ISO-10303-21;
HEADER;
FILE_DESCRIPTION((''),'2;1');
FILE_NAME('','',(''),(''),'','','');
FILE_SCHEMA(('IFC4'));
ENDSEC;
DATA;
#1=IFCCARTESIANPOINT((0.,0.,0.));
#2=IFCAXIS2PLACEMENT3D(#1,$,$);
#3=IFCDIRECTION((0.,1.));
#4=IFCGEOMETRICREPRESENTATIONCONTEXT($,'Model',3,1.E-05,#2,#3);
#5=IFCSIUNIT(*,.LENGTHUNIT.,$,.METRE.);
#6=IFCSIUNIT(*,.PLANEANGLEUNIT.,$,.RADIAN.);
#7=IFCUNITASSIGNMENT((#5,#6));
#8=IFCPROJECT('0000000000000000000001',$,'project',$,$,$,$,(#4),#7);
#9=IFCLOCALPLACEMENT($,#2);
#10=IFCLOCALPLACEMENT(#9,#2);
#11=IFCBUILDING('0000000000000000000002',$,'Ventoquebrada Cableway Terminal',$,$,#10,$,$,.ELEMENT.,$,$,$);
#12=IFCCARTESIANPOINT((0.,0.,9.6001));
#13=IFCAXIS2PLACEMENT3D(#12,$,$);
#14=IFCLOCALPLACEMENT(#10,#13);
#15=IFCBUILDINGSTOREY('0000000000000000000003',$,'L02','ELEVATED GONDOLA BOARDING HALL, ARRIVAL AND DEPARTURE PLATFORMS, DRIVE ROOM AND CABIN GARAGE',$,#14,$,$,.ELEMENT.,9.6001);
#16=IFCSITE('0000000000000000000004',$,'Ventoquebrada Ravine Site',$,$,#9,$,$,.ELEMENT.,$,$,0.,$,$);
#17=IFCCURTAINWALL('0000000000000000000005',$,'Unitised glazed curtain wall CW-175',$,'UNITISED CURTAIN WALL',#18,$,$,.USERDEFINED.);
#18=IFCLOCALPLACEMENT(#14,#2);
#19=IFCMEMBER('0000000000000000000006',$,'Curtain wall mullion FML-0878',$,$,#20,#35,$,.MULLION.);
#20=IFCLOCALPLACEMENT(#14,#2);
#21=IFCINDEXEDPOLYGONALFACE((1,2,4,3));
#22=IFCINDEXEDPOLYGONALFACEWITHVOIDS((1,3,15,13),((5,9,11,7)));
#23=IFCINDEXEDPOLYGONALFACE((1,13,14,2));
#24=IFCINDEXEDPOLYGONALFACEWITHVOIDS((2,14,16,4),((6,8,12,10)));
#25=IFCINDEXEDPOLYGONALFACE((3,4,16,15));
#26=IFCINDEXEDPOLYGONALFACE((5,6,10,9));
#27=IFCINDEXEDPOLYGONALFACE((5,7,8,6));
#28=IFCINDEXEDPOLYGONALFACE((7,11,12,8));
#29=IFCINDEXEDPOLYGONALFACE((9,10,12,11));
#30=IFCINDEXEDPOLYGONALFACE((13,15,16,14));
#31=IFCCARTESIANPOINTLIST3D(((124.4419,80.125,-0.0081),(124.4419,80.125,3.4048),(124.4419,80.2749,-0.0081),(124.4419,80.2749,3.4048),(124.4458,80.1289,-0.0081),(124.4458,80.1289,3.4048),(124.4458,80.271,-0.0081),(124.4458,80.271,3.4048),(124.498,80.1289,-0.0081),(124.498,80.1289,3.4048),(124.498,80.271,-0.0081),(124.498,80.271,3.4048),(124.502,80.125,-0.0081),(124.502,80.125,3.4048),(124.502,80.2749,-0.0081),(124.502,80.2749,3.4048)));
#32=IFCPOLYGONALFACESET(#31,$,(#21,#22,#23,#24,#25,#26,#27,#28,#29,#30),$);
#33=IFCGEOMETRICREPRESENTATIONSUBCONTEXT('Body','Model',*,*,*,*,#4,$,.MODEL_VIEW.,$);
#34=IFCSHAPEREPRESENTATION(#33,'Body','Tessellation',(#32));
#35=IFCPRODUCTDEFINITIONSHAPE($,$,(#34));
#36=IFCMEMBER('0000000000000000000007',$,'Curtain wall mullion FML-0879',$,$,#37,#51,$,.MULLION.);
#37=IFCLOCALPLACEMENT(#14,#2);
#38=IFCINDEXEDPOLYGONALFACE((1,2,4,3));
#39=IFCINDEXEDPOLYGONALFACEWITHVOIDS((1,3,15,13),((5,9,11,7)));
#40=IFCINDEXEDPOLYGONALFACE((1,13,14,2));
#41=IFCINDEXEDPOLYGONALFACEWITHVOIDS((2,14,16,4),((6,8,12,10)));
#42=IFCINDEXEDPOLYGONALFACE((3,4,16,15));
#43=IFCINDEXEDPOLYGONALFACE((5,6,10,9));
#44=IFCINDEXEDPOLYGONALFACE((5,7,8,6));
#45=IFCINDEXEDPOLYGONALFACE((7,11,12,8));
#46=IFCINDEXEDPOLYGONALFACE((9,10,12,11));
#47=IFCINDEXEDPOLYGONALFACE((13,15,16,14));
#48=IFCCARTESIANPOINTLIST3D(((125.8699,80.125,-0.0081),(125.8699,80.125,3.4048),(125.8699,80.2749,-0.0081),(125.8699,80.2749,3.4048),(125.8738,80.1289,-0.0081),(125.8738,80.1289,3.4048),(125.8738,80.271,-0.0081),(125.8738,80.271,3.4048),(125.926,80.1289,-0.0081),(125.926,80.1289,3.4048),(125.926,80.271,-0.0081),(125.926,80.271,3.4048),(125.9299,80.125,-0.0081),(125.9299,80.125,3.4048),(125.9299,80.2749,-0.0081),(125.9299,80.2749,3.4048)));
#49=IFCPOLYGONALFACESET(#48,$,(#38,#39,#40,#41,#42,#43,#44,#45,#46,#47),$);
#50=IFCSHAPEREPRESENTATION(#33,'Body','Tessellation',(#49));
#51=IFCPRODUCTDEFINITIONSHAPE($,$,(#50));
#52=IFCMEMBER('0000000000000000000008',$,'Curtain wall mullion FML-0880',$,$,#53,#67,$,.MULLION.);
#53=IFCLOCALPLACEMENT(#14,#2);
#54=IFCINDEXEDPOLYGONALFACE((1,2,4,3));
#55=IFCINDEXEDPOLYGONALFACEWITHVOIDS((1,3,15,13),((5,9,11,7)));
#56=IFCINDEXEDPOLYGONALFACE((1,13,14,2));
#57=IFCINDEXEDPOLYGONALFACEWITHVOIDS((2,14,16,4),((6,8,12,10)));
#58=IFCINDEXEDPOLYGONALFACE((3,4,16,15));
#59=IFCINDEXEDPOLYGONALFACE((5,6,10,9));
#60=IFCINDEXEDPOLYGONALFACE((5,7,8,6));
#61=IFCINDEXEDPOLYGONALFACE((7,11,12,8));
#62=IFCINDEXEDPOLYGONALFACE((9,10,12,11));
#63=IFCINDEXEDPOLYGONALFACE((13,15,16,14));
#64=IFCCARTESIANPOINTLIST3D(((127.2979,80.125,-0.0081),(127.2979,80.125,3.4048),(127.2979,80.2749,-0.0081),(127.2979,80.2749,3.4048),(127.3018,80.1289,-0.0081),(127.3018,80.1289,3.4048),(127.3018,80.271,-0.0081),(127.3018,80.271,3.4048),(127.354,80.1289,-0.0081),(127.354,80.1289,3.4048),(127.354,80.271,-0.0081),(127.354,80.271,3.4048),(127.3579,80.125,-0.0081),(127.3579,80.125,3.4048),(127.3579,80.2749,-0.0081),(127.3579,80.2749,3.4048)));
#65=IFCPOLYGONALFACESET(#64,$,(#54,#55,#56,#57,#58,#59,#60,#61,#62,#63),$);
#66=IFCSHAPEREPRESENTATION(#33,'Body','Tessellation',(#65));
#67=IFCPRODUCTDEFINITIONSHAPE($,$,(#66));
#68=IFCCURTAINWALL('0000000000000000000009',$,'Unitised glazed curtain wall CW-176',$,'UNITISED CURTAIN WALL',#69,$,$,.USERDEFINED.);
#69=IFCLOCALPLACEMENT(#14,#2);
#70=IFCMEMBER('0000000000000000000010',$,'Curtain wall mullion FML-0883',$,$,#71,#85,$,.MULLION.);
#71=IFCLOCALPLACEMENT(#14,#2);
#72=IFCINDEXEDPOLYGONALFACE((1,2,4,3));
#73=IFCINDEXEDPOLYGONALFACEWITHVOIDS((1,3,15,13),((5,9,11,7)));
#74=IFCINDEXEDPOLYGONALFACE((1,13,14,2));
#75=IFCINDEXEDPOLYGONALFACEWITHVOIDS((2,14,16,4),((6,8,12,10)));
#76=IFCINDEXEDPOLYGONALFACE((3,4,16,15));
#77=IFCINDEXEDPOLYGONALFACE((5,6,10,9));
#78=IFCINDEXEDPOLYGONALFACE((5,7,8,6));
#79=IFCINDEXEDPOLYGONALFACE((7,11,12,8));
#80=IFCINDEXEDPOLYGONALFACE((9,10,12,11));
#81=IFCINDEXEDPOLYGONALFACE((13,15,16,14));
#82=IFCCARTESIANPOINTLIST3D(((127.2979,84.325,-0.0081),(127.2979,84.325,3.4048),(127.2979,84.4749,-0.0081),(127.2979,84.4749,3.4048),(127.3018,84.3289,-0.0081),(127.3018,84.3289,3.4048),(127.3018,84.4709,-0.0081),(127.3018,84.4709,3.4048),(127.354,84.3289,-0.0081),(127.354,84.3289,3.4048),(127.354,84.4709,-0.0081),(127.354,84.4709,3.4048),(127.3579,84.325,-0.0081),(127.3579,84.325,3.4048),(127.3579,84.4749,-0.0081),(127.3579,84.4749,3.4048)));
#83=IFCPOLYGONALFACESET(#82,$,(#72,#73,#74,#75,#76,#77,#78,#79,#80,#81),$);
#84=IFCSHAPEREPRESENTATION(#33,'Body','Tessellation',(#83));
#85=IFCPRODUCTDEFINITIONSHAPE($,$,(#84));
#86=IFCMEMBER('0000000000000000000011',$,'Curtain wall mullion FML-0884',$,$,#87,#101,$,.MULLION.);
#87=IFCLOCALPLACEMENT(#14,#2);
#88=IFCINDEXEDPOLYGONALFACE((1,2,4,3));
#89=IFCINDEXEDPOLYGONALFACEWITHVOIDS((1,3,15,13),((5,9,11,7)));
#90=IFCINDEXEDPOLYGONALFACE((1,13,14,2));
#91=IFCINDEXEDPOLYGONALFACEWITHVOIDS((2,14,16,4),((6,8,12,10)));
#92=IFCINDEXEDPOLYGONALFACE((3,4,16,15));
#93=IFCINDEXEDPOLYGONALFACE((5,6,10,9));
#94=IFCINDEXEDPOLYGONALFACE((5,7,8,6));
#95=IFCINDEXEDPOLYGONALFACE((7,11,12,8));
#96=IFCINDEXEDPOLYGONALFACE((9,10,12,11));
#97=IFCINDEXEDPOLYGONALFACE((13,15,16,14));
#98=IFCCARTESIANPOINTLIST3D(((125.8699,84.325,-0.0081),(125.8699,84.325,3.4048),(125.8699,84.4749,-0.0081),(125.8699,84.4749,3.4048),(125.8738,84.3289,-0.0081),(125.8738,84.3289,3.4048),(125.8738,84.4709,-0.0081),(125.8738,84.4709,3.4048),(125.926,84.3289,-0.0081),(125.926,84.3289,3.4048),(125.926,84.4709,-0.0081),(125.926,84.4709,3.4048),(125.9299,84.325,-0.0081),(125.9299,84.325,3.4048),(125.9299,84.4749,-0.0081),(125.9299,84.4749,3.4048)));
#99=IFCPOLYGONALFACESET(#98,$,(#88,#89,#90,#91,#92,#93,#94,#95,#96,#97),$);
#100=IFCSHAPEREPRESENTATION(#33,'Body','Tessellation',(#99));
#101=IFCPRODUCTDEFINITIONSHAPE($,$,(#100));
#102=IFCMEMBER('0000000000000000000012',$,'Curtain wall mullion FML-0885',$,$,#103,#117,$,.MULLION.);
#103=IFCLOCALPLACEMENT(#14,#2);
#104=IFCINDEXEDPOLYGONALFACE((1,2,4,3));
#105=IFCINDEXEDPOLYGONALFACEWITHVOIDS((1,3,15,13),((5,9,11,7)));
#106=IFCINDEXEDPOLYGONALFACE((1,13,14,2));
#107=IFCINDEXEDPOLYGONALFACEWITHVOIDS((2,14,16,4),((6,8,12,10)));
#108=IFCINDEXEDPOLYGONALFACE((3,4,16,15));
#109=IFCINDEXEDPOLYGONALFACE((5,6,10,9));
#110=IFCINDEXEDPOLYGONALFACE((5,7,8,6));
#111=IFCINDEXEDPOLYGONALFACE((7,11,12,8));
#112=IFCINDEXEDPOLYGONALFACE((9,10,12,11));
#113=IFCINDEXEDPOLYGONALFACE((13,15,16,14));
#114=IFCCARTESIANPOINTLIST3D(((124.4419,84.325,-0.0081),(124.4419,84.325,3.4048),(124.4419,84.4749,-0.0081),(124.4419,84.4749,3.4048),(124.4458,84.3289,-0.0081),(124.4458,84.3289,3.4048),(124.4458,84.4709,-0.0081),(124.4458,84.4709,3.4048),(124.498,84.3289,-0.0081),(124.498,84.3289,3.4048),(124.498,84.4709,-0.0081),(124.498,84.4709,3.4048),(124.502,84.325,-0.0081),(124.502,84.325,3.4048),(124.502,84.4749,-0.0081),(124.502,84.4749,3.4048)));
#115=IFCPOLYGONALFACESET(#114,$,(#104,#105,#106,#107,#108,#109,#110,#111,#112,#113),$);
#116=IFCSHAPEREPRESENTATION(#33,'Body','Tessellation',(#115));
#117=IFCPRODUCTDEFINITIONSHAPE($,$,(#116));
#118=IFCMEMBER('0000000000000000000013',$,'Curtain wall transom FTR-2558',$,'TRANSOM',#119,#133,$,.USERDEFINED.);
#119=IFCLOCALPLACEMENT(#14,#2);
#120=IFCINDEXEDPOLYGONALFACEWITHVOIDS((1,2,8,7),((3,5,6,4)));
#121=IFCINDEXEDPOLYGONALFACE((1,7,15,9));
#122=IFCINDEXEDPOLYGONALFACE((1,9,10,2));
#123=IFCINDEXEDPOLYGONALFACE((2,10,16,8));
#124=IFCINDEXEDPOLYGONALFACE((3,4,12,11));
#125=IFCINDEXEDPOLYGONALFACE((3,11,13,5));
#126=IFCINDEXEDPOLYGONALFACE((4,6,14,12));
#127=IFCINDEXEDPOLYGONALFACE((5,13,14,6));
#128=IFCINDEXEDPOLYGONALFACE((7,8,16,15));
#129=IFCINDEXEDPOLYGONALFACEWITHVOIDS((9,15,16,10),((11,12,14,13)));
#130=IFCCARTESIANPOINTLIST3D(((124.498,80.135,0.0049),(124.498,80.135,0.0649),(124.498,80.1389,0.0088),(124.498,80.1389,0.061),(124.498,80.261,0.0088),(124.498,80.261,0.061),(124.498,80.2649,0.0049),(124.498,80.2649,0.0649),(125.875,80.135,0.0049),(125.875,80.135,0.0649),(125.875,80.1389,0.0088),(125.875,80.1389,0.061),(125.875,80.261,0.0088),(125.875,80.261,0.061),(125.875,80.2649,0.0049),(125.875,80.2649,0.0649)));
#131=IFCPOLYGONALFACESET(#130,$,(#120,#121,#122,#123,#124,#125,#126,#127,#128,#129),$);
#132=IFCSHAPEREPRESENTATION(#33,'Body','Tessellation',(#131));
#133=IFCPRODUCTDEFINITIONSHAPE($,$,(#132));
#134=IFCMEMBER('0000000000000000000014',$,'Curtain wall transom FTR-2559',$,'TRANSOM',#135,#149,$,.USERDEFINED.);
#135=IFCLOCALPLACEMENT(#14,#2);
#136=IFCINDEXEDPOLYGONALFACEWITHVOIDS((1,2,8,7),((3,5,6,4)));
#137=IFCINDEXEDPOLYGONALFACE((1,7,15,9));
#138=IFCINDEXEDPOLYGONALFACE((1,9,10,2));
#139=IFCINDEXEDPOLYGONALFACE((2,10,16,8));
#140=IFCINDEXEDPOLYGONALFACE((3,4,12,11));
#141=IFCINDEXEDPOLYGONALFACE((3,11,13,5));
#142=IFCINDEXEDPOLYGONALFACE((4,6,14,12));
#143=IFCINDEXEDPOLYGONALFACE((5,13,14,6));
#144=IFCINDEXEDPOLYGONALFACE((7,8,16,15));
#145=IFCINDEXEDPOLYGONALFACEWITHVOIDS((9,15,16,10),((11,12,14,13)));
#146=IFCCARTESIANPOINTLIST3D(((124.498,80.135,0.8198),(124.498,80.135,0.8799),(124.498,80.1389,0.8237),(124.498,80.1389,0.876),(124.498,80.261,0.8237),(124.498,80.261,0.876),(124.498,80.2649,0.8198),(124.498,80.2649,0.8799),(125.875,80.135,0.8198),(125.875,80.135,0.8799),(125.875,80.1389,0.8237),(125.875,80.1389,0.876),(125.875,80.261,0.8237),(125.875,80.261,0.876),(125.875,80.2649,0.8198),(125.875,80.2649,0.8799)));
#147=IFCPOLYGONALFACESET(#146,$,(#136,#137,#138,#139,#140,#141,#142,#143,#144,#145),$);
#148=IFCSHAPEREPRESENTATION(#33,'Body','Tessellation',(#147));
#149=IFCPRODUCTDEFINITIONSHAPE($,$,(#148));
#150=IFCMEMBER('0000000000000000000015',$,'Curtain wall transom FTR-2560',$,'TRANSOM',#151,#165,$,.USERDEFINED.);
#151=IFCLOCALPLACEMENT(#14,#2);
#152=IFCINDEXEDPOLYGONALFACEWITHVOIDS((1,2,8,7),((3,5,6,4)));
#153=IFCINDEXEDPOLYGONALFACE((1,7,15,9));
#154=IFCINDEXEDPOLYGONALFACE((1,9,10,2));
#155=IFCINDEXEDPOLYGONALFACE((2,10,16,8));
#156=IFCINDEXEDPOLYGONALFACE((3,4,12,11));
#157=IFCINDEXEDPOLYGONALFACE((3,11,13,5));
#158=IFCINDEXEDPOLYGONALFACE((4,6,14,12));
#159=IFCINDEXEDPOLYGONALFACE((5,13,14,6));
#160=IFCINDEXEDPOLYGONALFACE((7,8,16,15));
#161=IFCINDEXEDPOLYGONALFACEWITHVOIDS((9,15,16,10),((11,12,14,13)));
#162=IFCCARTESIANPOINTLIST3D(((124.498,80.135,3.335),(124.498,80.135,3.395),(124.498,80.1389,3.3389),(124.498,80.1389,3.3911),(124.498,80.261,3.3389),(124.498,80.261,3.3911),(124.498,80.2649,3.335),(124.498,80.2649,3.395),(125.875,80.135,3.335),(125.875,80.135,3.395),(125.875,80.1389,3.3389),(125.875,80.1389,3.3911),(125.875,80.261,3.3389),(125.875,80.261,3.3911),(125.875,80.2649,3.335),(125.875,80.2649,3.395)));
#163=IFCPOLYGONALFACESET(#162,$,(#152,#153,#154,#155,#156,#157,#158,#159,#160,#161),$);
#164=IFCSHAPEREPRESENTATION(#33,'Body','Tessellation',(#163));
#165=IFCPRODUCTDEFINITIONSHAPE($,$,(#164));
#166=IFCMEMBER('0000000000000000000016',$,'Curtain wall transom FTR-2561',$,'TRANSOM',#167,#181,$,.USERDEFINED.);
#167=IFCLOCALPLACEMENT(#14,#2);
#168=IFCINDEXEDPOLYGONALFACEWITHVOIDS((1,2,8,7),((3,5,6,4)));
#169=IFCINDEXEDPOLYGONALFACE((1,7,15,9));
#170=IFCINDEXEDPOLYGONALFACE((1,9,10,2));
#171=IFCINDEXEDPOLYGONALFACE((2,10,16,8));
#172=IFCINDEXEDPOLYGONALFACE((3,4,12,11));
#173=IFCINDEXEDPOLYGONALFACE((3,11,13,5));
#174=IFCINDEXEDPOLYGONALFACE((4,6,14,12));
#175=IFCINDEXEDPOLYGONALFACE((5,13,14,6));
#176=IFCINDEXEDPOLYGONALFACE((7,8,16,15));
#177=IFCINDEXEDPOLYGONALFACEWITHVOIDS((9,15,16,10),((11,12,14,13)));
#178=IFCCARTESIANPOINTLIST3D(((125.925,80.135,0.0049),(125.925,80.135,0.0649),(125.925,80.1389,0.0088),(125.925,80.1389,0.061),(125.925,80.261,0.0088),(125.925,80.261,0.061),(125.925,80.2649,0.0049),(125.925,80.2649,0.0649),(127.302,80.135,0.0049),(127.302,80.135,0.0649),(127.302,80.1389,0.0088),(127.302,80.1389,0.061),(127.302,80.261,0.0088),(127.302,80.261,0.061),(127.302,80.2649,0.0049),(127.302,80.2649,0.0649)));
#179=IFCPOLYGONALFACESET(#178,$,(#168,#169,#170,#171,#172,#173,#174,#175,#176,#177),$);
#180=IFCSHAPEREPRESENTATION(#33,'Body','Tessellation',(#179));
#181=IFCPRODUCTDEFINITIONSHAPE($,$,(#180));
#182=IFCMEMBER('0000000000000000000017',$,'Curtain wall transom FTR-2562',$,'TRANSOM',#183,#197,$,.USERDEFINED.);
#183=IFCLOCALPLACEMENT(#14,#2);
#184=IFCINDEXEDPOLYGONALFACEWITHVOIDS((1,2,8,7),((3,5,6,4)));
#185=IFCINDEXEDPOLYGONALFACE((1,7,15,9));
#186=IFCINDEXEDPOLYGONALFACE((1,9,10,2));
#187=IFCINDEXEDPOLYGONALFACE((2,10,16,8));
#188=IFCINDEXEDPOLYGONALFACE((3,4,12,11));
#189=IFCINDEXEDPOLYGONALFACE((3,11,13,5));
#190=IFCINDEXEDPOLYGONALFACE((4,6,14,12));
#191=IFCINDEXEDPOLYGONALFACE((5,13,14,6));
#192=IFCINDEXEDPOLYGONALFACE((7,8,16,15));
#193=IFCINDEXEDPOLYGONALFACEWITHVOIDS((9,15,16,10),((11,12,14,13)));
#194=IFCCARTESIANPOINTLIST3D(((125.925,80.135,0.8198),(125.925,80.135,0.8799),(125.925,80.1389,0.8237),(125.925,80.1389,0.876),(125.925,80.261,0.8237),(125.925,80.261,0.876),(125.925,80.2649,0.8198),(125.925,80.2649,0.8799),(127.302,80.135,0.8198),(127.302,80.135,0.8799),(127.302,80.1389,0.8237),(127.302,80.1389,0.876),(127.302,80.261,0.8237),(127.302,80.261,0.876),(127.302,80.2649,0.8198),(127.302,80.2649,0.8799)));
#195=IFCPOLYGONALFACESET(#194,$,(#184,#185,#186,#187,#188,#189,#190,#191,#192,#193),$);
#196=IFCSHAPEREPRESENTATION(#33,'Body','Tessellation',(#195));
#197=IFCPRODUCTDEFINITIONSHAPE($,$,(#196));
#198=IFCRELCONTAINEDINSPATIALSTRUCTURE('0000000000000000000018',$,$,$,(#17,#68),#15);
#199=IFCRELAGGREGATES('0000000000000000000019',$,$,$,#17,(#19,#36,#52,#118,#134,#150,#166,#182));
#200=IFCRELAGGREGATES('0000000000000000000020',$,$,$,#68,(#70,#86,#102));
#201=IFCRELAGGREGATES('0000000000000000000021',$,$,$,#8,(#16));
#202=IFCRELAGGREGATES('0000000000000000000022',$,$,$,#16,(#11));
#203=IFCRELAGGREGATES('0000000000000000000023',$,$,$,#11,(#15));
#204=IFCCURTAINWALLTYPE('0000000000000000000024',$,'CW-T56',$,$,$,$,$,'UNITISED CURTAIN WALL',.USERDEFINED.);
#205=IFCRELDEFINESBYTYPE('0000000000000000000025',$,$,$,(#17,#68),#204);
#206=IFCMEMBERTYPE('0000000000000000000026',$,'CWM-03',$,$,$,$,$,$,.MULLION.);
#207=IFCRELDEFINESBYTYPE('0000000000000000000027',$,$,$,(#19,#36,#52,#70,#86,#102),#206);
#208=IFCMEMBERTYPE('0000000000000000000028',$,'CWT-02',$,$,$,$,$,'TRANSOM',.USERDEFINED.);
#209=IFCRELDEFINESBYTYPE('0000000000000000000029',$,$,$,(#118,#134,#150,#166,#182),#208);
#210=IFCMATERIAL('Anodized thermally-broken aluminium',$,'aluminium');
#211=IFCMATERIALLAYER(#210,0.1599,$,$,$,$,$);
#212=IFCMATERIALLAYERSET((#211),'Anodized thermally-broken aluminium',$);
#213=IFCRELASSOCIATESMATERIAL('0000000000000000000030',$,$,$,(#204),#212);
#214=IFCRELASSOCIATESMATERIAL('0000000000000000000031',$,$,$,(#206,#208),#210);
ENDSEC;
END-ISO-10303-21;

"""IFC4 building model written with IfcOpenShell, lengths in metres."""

from ifc_helpers import new_model, si_unit, direction, frame, origin, origin_2d, place, context, subcontext, project, spatial, hollow_rectangle, extrude, material, layer, layer_set, material_profile, profile_set, type_object, element, aggregate, save


model = new_model("IFC4")

# Units and contexts
model_context = context("Model", 3, precision=1e-05, world=origin(), true_north=direction((0.0, 1.0)))
body_context = subcontext(model_context, "Body", "Model", "MODEL_VIEW")
ifc_project = project(units=[si_unit("LENGTHUNIT", "METRE"), si_unit("PLANEANGLEUNIT", "RADIAN")], contexts=[model_context])

# Site, building, storey
site_placement = place(None, origin())
site = spatial("IfcSite", under=ifc_project, at=site_placement, Name="Ventoquebrada Ravine Site", CompositionType="ELEMENT", RefElevation=0.0)
building_placement = place(site_placement, origin())
building = spatial("IfcBuilding", under=site, at=building_placement, Name="Ventoquebrada Cableway Terminal", CompositionType="ELEMENT")
storey_placement = place(building_placement, frame((0.0, 0.0, 9.6001)))
storey = spatial("IfcBuildingStorey", under=building, at=storey_placement, Name="L02", Description="ELEVATED GONDOLA BOARDING HALL, ARRIVAL AND DEPARTURE PLATFORMS, DRIVE ROOM AND CABIN GARAGE", CompositionType="ELEMENT", Elevation=9.6001)

# Curtain walls, members
ifc_material_1 = material(Name="Anodized thermally-broken aluminium", Category="aluminium")
ifc_layer_1 = layer(ifc_material_1, 0.1599)
ifc_layer_set_1 = layer_set([ifc_layer_1], Name="Anodized thermally-broken aluminium")
curtain_wall_type = type_object("IfcCurtainWallType", Name="CW-T56", ElementType="UNITISED CURTAIN WALL", PredefinedType="USERDEFINED", material=ifc_layer_set_1)
curtain_wall_1_placement = place(storey_placement, origin())
curtain_wall_1 = element("IfcCurtainWall", 1, at=curtain_wall_1_placement, inside=storey, type_object=curtain_wall_type, Name="Unitised glazed curtain wall CW-175", ObjectType="UNITISED CURTAIN WALL", PredefinedType="USERDEFINED")
ifc_material_profile_1 = material_profile(ifc_material_1, hollow_rectangle(XDim=0.0601, YDim=0.1499, WallThickness=0.0039, at=origin_2d()), Name="CW-MUL-60X150")
ifc_profile_set_1 = profile_set([ifc_material_profile_1], Name="Anodized thermally-broken aluminium")
member_type_1 = type_object("IfcMemberType", Name="CWM-03", PredefinedType="MULLION", material=ifc_profile_set_1)
member_1_placement = place(storey_placement, frame((124.4719, 80.2, -0.0081), z_axis=(0.0, 0.0, 1.0), x_axis=(1.0, 0.0, 0.0)))
member_1 = element("IfcMember", 2, at=member_1_placement, type_object=member_type_1, Name="Curtain wall mullion FML-0878", PredefinedType="MULLION", context=body_context, shape_type="SweptSolid", body=[
    extrude(hollow_rectangle(XDim=0.0601, YDim=0.1499, WallThickness=0.0039, at=origin_2d()), origin(), (0.0, 0.0, 1.0), 3.4128),
])
member_2_placement = place(storey_placement, frame((125.8999, 80.2, -0.0081), z_axis=(0.0, 0.0, 1.0), x_axis=(1.0, 0.0, 0.0)))
member_2 = element("IfcMember", 3, at=member_2_placement, type_object=member_type_1, Name="Curtain wall mullion FML-0879", PredefinedType="MULLION", context=body_context, shape_type="SweptSolid", body=[
    extrude(hollow_rectangle(XDim=0.0601, YDim=0.1499, WallThickness=0.0039, at=origin_2d()), origin(), (0.0, 0.0, 1.0), 3.4128),
])
member_3_placement = place(storey_placement, frame((127.3279, 80.2, -0.0081), z_axis=(0.0, 0.0, 1.0), x_axis=(1.0, 0.0, 0.0)))
member_3 = element("IfcMember", 4, at=member_3_placement, type_object=member_type_1, Name="Curtain wall mullion FML-0880", PredefinedType="MULLION", context=body_context, shape_type="SweptSolid", body=[
    extrude(hollow_rectangle(XDim=0.0601, YDim=0.1499, WallThickness=0.0039, at=origin_2d()), origin(), (0.0, 0.0, 1.0), 3.4128),
])
curtain_wall_2_placement = place(storey_placement, origin())
curtain_wall_2 = element("IfcCurtainWall", 5, at=curtain_wall_2_placement, inside=storey, type_object=curtain_wall_type, Name="Unitised glazed curtain wall CW-176", ObjectType="UNITISED CURTAIN WALL", PredefinedType="USERDEFINED")
member_4_placement = place(storey_placement, frame((127.3279, 84.3999, -0.0081), z_axis=(0.0, 0.0, 1.0), x_axis=(-1.0, 0.0, 0.0)))
member_4 = element("IfcMember", 6, at=member_4_placement, type_object=member_type_1, Name="Curtain wall mullion FML-0883", PredefinedType="MULLION", context=body_context, shape_type="SweptSolid", body=[
    extrude(hollow_rectangle(XDim=0.0601, YDim=0.1499, WallThickness=0.0039, at=origin_2d()), origin(), (0.0, 0.0, 1.0), 3.4128),
])
member_5_placement = place(storey_placement, frame((125.8999, 84.3999, -0.0081), z_axis=(0.0, 0.0, 1.0), x_axis=(-1.0, 0.0, 0.0)))
member_5 = element("IfcMember", 7, at=member_5_placement, type_object=member_type_1, Name="Curtain wall mullion FML-0884", PredefinedType="MULLION", context=body_context, shape_type="SweptSolid", body=[
    extrude(hollow_rectangle(XDim=0.0601, YDim=0.1499, WallThickness=0.0039, at=origin_2d()), origin(), (0.0, 0.0, 1.0), 3.4128),
])
member_6_placement = place(storey_placement, frame((124.4719, 84.3999, -0.0081), z_axis=(0.0, 0.0, 1.0), x_axis=(-1.0, 0.0, 0.0)))
member_6 = element("IfcMember", 8, at=member_6_placement, type_object=member_type_1, Name="Curtain wall mullion FML-0885", PredefinedType="MULLION", context=body_context, shape_type="SweptSolid", body=[
    extrude(hollow_rectangle(XDim=0.0601, YDim=0.1499, WallThickness=0.0039, at=origin_2d()), origin(), (0.0, 0.0, 1.0), 3.4128),
])

# Members
ifc_material_profile_2 = material_profile(ifc_material_1, hollow_rectangle(XDim=0.0601, YDim=0.1299, WallThickness=0.0039, at=origin_2d()), Name="CW-TRN-60X130")
ifc_profile_set_2 = profile_set([ifc_material_profile_2], Name="Anodized thermally-broken aluminium")
member_type_2 = type_object("IfcMemberType", Name="CWT-02", ElementType="TRANSOM", PredefinedType="USERDEFINED", material=ifc_profile_set_2)
member_7_placement = place(storey_placement, frame((124.498, 80.2, 0.0349), z_axis=(1.0, 0.0, 0.0), x_axis=(0.0, 0.0, 1.0)))
member_7 = element("IfcMember", 9, at=member_7_placement, type_object=member_type_2, Name="Curtain wall transom FTR-2558", ObjectType="TRANSOM", PredefinedType="USERDEFINED", context=body_context, shape_type="SweptSolid", body=[
    extrude(hollow_rectangle(XDim=0.0601, YDim=0.1299, WallThickness=0.0039, at=origin_2d()), origin(), (0.0, 0.0, 1.0), 1.377),
])
member_8_placement = place(storey_placement, frame((124.498, 80.2, 0.8499), z_axis=(1.0, 0.0, 0.0), x_axis=(0.0, 0.0, 1.0)))
member_8 = element("IfcMember", 10, at=member_8_placement, type_object=member_type_2, Name="Curtain wall transom FTR-2559", ObjectType="TRANSOM", PredefinedType="USERDEFINED", context=body_context, shape_type="SweptSolid", body=[
    extrude(hollow_rectangle(XDim=0.0601, YDim=0.1299, WallThickness=0.0039, at=origin_2d()), origin(), (0.0, 0.0, 1.0), 1.377),
])
member_9_placement = place(storey_placement, frame((124.498, 80.2, 3.365), z_axis=(1.0, 0.0, 0.0), x_axis=(0.0, 0.0, 1.0)))
member_9 = element("IfcMember", 11, at=member_9_placement, type_object=member_type_2, Name="Curtain wall transom FTR-2560", ObjectType="TRANSOM", PredefinedType="USERDEFINED", context=body_context, shape_type="SweptSolid", body=[
    extrude(hollow_rectangle(XDim=0.0601, YDim=0.1299, WallThickness=0.0039, at=origin_2d()), origin(), (0.0, 0.0, 1.0), 1.377),
])
member_10_placement = place(storey_placement, frame((125.925, 80.2, 0.0349), z_axis=(1.0, 0.0, 0.0), x_axis=(0.0, 0.0, 1.0)))
member_10 = element("IfcMember", 12, at=member_10_placement, type_object=member_type_2, Name="Curtain wall transom FTR-2561", ObjectType="TRANSOM", PredefinedType="USERDEFINED", context=body_context, shape_type="SweptSolid", body=[
    extrude(hollow_rectangle(XDim=0.0601, YDim=0.1299, WallThickness=0.0039, at=origin_2d()), origin(), (0.0, 0.0, 1.0), 1.377),
])
member_11_placement = place(storey_placement, frame((125.925, 80.2, 0.8499), z_axis=(1.0, 0.0, 0.0), x_axis=(0.0, 0.0, 1.0)))
member_11 = element("IfcMember", 13, at=member_11_placement, type_object=member_type_2, Name="Curtain wall transom FTR-2562", ObjectType="TRANSOM", PredefinedType="USERDEFINED", context=body_context, shape_type="SweptSolid", body=[
    extrude(hollow_rectangle(XDim=0.0601, YDim=0.1299, WallThickness=0.0039, at=origin_2d()), origin(), (0.0, 0.0, 1.0), 1.377),
])

aggregate(curtain_wall_1, [member_1, member_2, member_3, member_7, member_8, member_9, member_10, member_11])
aggregate(curtain_wall_2, [member_4, member_5, member_6])

save(model, "model.ifc")
